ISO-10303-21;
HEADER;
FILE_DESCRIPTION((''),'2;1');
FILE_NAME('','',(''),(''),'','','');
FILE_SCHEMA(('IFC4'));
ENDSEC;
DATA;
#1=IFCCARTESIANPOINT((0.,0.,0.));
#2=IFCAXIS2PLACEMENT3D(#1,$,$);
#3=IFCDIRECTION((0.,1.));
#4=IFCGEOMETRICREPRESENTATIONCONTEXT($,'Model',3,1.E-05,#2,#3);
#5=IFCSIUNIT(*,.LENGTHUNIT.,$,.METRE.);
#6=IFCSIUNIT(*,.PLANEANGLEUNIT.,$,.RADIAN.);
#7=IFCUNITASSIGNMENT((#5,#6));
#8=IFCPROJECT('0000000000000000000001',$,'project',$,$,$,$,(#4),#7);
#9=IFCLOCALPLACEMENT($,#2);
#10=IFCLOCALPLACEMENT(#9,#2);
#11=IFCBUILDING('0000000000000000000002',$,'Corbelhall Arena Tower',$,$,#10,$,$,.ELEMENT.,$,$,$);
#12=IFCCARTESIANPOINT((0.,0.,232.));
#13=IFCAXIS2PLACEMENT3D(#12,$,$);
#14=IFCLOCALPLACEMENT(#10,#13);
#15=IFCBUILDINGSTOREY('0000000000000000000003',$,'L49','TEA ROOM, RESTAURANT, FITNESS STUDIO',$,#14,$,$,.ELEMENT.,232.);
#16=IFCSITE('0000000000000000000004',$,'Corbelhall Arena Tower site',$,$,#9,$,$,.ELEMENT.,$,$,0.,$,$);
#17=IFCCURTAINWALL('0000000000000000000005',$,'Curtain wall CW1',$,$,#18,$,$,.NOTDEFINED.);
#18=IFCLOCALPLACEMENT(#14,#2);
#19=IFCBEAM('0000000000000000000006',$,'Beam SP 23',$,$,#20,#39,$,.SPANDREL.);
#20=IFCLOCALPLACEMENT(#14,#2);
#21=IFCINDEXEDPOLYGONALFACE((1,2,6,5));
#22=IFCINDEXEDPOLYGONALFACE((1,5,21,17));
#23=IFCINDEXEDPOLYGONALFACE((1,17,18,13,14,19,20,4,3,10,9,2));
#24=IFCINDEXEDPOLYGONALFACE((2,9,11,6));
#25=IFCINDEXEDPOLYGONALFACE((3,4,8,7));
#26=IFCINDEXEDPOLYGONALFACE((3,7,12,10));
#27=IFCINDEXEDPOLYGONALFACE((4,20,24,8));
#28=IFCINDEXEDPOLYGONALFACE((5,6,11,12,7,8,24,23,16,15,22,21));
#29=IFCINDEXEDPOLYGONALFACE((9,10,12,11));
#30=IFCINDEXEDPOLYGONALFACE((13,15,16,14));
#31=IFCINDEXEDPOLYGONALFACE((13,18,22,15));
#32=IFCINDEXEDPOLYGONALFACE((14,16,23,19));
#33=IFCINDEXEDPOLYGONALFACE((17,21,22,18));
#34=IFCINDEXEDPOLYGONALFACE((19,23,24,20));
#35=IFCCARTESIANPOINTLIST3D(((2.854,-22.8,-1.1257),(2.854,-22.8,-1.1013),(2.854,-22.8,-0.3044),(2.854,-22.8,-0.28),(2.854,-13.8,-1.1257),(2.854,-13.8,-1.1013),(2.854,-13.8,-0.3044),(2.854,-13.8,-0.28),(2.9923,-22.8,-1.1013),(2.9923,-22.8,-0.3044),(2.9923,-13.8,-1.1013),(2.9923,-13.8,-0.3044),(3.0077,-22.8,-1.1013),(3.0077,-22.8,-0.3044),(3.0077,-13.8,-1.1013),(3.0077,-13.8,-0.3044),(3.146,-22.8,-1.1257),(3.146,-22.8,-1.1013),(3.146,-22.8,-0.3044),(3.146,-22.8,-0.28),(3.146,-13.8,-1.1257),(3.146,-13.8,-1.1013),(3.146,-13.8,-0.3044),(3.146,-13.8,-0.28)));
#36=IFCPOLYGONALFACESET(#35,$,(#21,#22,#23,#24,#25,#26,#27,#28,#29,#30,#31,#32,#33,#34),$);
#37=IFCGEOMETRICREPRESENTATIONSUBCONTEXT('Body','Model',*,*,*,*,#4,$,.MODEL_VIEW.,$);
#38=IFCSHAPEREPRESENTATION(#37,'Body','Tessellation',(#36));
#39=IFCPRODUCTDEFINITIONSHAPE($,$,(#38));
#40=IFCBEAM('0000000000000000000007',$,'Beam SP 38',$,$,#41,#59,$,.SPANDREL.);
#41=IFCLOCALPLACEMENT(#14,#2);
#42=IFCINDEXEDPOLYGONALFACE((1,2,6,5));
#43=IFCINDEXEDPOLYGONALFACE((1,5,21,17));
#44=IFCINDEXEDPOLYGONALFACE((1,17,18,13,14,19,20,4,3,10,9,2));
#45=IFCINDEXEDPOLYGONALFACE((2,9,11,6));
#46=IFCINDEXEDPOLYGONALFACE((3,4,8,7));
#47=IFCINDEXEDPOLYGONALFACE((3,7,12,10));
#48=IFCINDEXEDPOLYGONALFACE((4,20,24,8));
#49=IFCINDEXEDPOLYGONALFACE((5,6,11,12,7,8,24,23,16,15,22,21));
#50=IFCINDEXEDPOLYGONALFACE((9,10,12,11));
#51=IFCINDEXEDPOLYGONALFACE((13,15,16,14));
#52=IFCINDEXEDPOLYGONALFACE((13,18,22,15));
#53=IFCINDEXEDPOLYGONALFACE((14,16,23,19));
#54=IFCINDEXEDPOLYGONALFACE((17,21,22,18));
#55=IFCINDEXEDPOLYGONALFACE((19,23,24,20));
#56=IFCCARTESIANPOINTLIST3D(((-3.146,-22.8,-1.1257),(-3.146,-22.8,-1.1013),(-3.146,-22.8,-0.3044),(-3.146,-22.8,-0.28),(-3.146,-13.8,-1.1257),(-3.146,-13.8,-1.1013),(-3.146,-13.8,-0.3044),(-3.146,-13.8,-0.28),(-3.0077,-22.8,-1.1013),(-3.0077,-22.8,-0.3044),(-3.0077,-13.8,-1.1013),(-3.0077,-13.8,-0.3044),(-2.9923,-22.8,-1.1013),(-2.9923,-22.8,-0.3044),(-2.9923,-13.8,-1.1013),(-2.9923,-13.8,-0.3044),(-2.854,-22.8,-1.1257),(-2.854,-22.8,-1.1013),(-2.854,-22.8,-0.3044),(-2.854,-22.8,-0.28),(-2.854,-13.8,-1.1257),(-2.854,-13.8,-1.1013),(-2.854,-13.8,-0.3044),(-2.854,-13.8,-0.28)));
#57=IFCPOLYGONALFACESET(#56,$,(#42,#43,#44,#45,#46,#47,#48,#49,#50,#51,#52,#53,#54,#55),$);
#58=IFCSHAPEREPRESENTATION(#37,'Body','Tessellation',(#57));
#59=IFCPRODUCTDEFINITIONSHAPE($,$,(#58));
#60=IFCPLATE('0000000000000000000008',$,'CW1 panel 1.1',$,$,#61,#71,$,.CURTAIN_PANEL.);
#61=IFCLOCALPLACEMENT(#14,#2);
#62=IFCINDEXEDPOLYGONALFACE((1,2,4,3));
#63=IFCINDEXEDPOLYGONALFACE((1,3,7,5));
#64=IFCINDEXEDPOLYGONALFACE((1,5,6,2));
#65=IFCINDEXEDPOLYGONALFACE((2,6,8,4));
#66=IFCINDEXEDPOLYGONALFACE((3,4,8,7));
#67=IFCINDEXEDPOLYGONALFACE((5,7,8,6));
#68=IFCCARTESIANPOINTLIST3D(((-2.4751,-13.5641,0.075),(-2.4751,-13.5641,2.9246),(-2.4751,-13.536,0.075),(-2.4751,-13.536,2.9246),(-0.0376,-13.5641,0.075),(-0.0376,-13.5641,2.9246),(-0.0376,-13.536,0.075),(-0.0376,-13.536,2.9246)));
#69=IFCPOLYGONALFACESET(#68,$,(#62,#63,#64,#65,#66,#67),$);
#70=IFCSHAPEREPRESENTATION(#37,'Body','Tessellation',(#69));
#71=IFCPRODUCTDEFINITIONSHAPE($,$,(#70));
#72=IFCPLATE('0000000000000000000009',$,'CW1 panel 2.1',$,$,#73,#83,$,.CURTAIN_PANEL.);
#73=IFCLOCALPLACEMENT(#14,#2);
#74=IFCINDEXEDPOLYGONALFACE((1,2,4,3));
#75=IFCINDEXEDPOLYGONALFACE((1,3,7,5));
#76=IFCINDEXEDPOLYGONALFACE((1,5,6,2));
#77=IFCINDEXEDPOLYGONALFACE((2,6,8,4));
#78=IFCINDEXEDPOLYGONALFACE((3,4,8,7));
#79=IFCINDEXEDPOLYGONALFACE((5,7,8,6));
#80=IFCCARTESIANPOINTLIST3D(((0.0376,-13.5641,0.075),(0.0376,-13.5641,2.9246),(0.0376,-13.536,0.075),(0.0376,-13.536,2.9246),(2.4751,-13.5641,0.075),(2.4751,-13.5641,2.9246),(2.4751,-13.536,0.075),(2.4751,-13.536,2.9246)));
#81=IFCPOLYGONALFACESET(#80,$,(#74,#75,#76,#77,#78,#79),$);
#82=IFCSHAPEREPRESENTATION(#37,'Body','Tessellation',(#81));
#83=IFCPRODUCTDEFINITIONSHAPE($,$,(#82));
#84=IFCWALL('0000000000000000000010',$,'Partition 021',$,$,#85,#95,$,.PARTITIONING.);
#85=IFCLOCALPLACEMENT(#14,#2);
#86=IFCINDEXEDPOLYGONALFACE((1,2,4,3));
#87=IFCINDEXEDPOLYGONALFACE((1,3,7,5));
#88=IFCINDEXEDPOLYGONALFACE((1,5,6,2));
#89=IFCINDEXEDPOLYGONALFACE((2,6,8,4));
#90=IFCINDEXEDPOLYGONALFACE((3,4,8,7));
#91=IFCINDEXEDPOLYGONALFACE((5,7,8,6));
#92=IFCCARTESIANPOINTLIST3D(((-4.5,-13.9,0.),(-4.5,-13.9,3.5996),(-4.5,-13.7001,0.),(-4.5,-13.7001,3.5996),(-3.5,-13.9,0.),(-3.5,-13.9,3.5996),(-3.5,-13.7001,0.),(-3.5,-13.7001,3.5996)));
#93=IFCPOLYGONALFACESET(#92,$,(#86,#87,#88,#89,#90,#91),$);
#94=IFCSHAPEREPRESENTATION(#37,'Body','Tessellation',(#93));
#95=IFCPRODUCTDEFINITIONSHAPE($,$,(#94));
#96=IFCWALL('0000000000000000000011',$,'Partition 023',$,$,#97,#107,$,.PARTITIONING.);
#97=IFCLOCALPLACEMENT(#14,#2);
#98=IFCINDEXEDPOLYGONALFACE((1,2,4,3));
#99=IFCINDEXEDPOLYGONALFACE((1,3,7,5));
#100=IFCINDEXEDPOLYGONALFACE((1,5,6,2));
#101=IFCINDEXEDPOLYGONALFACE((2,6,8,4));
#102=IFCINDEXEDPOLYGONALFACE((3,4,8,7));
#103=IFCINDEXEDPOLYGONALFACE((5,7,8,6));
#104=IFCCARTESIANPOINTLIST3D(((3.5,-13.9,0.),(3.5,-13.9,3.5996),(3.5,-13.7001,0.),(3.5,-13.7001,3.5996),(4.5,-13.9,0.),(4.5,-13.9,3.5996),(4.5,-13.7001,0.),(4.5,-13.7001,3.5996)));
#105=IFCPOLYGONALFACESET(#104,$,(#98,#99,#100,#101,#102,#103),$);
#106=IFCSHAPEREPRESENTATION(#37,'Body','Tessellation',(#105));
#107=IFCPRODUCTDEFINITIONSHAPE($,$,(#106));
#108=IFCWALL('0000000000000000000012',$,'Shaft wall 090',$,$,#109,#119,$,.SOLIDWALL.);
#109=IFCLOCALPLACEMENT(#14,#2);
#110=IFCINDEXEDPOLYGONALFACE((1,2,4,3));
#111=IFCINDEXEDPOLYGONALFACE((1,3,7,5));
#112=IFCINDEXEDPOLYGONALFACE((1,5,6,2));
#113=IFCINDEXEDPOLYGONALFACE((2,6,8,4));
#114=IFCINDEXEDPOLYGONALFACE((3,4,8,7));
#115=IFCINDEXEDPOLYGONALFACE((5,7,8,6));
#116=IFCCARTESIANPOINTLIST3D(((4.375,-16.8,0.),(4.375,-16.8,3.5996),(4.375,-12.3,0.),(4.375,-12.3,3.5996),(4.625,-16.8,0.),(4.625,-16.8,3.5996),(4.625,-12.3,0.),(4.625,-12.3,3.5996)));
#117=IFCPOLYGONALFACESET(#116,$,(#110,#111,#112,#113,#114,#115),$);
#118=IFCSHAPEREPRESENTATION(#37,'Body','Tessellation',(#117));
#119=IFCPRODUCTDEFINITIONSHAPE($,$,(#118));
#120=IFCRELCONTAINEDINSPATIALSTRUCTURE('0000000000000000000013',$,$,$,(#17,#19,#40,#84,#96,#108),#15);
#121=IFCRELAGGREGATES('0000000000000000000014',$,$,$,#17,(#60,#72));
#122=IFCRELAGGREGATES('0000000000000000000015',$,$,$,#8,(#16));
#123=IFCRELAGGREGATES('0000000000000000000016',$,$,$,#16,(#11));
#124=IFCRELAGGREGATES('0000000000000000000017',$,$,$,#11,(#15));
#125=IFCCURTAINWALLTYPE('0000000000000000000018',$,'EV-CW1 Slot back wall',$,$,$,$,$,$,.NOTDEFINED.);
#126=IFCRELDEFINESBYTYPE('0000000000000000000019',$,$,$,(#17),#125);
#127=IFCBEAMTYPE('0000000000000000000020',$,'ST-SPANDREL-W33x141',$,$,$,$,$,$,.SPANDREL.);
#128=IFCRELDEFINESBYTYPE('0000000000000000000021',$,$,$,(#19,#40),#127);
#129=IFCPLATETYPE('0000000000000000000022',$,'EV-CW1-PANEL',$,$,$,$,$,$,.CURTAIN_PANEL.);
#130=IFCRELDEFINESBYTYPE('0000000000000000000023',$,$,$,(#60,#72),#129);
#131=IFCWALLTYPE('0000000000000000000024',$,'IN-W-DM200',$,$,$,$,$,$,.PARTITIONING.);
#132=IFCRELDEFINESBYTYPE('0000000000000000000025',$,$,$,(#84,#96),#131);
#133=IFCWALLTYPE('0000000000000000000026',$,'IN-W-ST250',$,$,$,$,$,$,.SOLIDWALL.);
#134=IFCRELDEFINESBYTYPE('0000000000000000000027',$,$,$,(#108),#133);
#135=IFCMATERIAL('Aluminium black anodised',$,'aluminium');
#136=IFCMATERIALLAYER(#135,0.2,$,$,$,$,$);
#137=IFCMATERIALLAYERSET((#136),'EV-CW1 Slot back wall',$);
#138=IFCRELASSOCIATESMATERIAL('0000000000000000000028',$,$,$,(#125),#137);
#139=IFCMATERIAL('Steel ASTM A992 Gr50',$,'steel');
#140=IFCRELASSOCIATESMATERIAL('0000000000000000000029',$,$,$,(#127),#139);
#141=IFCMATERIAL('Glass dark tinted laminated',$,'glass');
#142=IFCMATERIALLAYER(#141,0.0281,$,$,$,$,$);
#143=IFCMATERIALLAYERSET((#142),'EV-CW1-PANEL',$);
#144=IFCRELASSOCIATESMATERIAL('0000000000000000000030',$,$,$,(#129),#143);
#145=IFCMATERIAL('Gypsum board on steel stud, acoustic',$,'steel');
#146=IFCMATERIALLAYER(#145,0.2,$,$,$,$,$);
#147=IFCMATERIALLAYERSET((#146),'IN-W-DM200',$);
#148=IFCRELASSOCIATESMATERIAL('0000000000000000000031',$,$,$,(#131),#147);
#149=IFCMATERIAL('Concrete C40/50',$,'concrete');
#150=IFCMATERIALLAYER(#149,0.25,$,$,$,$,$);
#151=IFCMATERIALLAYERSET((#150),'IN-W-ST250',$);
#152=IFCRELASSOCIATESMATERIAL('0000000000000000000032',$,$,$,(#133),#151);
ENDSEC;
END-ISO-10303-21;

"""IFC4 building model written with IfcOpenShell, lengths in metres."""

from ifc_helpers import new_model, si_unit, direction, frame, frame_2d, origin, origin_2d, place, context, subcontext, project, spatial, rectangle, i_section, extrude, material, layer, layer_set, material_profile, profile_set, type_object, element, aggregate, save


model = new_model("IFC4")

# Units and contexts
model_context = context("Model", 3, precision=1e-05, world=origin(), true_north=direction((0.0, 1.0)))
body_context = subcontext(model_context, "Body", "Model", "MODEL_VIEW")
ifc_project = project(units=[si_unit("LENGTHUNIT", "METRE"), si_unit("PLANEANGLEUNIT", "RADIAN")], contexts=[model_context])

# Site, building, storey
site_placement = place(None, origin())
site = spatial("IfcSite", under=ifc_project, at=site_placement, Name="Corbelhall Arena Tower site", CompositionType="ELEMENT", RefElevation=0.0)
building_placement = place(site_placement, origin())
building = spatial("IfcBuilding", under=site, at=building_placement, Name="Corbelhall Arena Tower", CompositionType="ELEMENT")
storey_placement = place(building_placement, frame((0.0, 0.0, 232.0)))
storey = spatial("IfcBuildingStorey", under=building, at=storey_placement, Name="L49", Description="TEA ROOM, RESTAURANT, FITNESS STUDIO", CompositionType="ELEMENT", Elevation=232.0)

# Curtain wall
ifc_material_1 = material(Name="Aluminium black anodised", Category="aluminium")
ifc_layer_1 = layer(ifc_material_1, 0.2)
ifc_layer_set_1 = layer_set([ifc_layer_1], Name="EV-CW1 Slot back wall")
curtain_wall_type = type_object("IfcCurtainWallType", Name="EV-CW1 Slot back wall", PredefinedType="NOTDEFINED", material=ifc_layer_set_1)
curtain_wall_placement = place(storey_placement, origin())
curtain_wall = element("IfcCurtainWall", 1, at=curtain_wall_placement, inside=storey, type_object=curtain_wall_type, Name="Curtain wall CW1", PredefinedType="NOTDEFINED")

# Beams
ifc_material_2 = material(Name="Steel ASTM A992 Gr50", Category="steel")
ifc_material_profile_1 = material_profile(ifc_material_2, i_section(OverallWidth=0.292, OverallDepth=0.8457, WebThickness=0.0154, FlangeThickness=0.0244, at=origin_2d()))
ifc_profile_set_1 = profile_set([ifc_material_profile_1], Name="Steel ASTM A992 Gr50")
beam_type_1 = type_object("IfcBeamType", Name="ST-SPANDREL-W33x141", PredefinedType="SPANDREL", material=ifc_profile_set_1)
for number, where, z_axis, x_axis, name in (
    (2, (3.0, -22.8, -0.7029), (0.0, 1.0, 0.0), (-1.0, 0.0, 0.0), "Beam SP 23"),
    (3, (-3.0, -13.8, -0.7029), (0.0, -1.0, 0.0), (1.0, 0.0, 0.0), "Beam SP 38"),
):
    element("IfcBeam", number, at=place(storey_placement, frame(where, z_axis=z_axis, x_axis=x_axis)), inside=storey, type_object=beam_type_1, Name=name, PredefinedType="SPANDREL", context=body_context, shape_type="SweptSolid", body=[
        extrude(i_section(OverallWidth=0.292, OverallDepth=0.8457, WebThickness=0.0154, FlangeThickness=0.0244, at=origin_2d()), origin(), (0.0, 0.0, 1.0), 9.0),
    ])

# Plates
ifc_material_3 = material(Name="Glass dark tinted laminated", Category="glass")
ifc_layer_2 = layer(ifc_material_3, 0.0281)
ifc_layer_set_2 = layer_set([ifc_layer_2], Name="EV-CW1-PANEL")
plate_type = type_object("IfcPlateType", Name="EV-CW1-PANEL", PredefinedType="CURTAIN_PANEL", material=ifc_layer_set_2)
plate_1_placement = place(storey_placement, frame((-1.2563, -13.55, 0.075), z_axis=(0.0, 0.0, 1.0), x_axis=(1.0, 0.0, 0.0)))
plate_1 = element("IfcPlate", 4, at=plate_1_placement, type_object=plate_type, Name="CW1 panel 1.1", PredefinedType="CURTAIN_PANEL", context=body_context, shape_type="SweptSolid", body=[
    extrude(rectangle(XDim=2.4375, YDim=0.0281, at=origin_2d()), origin(), (0.0, 0.0, 1.0), 2.8496),
])
plate_2_placement = place(storey_placement, frame((1.2563, -13.55, 0.075), z_axis=(0.0, 0.0, 1.0), x_axis=(1.0, 0.0, 0.0)))
plate_2 = element("IfcPlate", 5, at=plate_2_placement, type_object=plate_type, Name="CW1 panel 2.1", PredefinedType="CURTAIN_PANEL", context=body_context, shape_type="SweptSolid", body=[
    extrude(rectangle(XDim=2.4375, YDim=0.0281, at=origin_2d()), origin(), (0.0, 0.0, 1.0), 2.8496),
])
aggregate(curtain_wall, [plate_1, plate_2])

# Walls
ifc_material_4 = material(Name="Gypsum board on steel stud, acoustic", Category="steel")
ifc_layer_3 = layer(ifc_material_4, 0.2)
ifc_layer_set_3 = layer_set([ifc_layer_3], Name="IN-W-DM200")
wall_type_1 = type_object("IfcWallType", Name="IN-W-DM200", PredefinedType="PARTITIONING", material=ifc_layer_set_3)
for number, where, z_axis, x_axis, name in (
    (6, (-3.5, -13.8, 0.0), (0.0, 0.0, 1.0), (-1.0, 0.0, 0.0), "Partition 021"),
    (7, (4.5, -13.8, 0.0), (0.0, 0.0, 1.0), (-1.0, 0.0, 0.0), "Partition 023"),
):
    element("IfcWall", number, at=place(storey_placement, frame(where, z_axis=z_axis, x_axis=x_axis)), inside=storey, type_object=wall_type_1, Name=name, PredefinedType="PARTITIONING", context=body_context, shape_type="SweptSolid", body=[
        extrude(rectangle(XDim=1.0, YDim=0.2, at=frame_2d((0.5, 0.0))), origin(), (0.0, 0.0, 1.0), 3.5996),
    ])
ifc_material_5 = material(Name="Concrete C40/50", Category="concrete")
ifc_layer_4 = layer(ifc_material_5, 0.25)
ifc_layer_set_4 = layer_set([ifc_layer_4], Name="IN-W-ST250")
wall_type_2 = type_object("IfcWallType", Name="IN-W-ST250", PredefinedType="SOLIDWALL", material=ifc_layer_set_4)
wall_1_placement = place(storey_placement, frame((4.5, -16.8, 0.0), z_axis=(0.0, 0.0, 1.0), x_axis=(0.0, 1.0, 0.0)))
element("IfcWall", 8, at=wall_1_placement, inside=storey, type_object=wall_type_2, Name="Shaft wall 090", PredefinedType="SOLIDWALL", context=body_context, shape_type="SweptSolid", body=[
    extrude(rectangle(XDim=4.5, YDim=0.25, at=frame_2d((2.25, 0.0))), origin(), (0.0, 0.0, 1.0), 3.5996),
])

save(model, "model.ifc")
